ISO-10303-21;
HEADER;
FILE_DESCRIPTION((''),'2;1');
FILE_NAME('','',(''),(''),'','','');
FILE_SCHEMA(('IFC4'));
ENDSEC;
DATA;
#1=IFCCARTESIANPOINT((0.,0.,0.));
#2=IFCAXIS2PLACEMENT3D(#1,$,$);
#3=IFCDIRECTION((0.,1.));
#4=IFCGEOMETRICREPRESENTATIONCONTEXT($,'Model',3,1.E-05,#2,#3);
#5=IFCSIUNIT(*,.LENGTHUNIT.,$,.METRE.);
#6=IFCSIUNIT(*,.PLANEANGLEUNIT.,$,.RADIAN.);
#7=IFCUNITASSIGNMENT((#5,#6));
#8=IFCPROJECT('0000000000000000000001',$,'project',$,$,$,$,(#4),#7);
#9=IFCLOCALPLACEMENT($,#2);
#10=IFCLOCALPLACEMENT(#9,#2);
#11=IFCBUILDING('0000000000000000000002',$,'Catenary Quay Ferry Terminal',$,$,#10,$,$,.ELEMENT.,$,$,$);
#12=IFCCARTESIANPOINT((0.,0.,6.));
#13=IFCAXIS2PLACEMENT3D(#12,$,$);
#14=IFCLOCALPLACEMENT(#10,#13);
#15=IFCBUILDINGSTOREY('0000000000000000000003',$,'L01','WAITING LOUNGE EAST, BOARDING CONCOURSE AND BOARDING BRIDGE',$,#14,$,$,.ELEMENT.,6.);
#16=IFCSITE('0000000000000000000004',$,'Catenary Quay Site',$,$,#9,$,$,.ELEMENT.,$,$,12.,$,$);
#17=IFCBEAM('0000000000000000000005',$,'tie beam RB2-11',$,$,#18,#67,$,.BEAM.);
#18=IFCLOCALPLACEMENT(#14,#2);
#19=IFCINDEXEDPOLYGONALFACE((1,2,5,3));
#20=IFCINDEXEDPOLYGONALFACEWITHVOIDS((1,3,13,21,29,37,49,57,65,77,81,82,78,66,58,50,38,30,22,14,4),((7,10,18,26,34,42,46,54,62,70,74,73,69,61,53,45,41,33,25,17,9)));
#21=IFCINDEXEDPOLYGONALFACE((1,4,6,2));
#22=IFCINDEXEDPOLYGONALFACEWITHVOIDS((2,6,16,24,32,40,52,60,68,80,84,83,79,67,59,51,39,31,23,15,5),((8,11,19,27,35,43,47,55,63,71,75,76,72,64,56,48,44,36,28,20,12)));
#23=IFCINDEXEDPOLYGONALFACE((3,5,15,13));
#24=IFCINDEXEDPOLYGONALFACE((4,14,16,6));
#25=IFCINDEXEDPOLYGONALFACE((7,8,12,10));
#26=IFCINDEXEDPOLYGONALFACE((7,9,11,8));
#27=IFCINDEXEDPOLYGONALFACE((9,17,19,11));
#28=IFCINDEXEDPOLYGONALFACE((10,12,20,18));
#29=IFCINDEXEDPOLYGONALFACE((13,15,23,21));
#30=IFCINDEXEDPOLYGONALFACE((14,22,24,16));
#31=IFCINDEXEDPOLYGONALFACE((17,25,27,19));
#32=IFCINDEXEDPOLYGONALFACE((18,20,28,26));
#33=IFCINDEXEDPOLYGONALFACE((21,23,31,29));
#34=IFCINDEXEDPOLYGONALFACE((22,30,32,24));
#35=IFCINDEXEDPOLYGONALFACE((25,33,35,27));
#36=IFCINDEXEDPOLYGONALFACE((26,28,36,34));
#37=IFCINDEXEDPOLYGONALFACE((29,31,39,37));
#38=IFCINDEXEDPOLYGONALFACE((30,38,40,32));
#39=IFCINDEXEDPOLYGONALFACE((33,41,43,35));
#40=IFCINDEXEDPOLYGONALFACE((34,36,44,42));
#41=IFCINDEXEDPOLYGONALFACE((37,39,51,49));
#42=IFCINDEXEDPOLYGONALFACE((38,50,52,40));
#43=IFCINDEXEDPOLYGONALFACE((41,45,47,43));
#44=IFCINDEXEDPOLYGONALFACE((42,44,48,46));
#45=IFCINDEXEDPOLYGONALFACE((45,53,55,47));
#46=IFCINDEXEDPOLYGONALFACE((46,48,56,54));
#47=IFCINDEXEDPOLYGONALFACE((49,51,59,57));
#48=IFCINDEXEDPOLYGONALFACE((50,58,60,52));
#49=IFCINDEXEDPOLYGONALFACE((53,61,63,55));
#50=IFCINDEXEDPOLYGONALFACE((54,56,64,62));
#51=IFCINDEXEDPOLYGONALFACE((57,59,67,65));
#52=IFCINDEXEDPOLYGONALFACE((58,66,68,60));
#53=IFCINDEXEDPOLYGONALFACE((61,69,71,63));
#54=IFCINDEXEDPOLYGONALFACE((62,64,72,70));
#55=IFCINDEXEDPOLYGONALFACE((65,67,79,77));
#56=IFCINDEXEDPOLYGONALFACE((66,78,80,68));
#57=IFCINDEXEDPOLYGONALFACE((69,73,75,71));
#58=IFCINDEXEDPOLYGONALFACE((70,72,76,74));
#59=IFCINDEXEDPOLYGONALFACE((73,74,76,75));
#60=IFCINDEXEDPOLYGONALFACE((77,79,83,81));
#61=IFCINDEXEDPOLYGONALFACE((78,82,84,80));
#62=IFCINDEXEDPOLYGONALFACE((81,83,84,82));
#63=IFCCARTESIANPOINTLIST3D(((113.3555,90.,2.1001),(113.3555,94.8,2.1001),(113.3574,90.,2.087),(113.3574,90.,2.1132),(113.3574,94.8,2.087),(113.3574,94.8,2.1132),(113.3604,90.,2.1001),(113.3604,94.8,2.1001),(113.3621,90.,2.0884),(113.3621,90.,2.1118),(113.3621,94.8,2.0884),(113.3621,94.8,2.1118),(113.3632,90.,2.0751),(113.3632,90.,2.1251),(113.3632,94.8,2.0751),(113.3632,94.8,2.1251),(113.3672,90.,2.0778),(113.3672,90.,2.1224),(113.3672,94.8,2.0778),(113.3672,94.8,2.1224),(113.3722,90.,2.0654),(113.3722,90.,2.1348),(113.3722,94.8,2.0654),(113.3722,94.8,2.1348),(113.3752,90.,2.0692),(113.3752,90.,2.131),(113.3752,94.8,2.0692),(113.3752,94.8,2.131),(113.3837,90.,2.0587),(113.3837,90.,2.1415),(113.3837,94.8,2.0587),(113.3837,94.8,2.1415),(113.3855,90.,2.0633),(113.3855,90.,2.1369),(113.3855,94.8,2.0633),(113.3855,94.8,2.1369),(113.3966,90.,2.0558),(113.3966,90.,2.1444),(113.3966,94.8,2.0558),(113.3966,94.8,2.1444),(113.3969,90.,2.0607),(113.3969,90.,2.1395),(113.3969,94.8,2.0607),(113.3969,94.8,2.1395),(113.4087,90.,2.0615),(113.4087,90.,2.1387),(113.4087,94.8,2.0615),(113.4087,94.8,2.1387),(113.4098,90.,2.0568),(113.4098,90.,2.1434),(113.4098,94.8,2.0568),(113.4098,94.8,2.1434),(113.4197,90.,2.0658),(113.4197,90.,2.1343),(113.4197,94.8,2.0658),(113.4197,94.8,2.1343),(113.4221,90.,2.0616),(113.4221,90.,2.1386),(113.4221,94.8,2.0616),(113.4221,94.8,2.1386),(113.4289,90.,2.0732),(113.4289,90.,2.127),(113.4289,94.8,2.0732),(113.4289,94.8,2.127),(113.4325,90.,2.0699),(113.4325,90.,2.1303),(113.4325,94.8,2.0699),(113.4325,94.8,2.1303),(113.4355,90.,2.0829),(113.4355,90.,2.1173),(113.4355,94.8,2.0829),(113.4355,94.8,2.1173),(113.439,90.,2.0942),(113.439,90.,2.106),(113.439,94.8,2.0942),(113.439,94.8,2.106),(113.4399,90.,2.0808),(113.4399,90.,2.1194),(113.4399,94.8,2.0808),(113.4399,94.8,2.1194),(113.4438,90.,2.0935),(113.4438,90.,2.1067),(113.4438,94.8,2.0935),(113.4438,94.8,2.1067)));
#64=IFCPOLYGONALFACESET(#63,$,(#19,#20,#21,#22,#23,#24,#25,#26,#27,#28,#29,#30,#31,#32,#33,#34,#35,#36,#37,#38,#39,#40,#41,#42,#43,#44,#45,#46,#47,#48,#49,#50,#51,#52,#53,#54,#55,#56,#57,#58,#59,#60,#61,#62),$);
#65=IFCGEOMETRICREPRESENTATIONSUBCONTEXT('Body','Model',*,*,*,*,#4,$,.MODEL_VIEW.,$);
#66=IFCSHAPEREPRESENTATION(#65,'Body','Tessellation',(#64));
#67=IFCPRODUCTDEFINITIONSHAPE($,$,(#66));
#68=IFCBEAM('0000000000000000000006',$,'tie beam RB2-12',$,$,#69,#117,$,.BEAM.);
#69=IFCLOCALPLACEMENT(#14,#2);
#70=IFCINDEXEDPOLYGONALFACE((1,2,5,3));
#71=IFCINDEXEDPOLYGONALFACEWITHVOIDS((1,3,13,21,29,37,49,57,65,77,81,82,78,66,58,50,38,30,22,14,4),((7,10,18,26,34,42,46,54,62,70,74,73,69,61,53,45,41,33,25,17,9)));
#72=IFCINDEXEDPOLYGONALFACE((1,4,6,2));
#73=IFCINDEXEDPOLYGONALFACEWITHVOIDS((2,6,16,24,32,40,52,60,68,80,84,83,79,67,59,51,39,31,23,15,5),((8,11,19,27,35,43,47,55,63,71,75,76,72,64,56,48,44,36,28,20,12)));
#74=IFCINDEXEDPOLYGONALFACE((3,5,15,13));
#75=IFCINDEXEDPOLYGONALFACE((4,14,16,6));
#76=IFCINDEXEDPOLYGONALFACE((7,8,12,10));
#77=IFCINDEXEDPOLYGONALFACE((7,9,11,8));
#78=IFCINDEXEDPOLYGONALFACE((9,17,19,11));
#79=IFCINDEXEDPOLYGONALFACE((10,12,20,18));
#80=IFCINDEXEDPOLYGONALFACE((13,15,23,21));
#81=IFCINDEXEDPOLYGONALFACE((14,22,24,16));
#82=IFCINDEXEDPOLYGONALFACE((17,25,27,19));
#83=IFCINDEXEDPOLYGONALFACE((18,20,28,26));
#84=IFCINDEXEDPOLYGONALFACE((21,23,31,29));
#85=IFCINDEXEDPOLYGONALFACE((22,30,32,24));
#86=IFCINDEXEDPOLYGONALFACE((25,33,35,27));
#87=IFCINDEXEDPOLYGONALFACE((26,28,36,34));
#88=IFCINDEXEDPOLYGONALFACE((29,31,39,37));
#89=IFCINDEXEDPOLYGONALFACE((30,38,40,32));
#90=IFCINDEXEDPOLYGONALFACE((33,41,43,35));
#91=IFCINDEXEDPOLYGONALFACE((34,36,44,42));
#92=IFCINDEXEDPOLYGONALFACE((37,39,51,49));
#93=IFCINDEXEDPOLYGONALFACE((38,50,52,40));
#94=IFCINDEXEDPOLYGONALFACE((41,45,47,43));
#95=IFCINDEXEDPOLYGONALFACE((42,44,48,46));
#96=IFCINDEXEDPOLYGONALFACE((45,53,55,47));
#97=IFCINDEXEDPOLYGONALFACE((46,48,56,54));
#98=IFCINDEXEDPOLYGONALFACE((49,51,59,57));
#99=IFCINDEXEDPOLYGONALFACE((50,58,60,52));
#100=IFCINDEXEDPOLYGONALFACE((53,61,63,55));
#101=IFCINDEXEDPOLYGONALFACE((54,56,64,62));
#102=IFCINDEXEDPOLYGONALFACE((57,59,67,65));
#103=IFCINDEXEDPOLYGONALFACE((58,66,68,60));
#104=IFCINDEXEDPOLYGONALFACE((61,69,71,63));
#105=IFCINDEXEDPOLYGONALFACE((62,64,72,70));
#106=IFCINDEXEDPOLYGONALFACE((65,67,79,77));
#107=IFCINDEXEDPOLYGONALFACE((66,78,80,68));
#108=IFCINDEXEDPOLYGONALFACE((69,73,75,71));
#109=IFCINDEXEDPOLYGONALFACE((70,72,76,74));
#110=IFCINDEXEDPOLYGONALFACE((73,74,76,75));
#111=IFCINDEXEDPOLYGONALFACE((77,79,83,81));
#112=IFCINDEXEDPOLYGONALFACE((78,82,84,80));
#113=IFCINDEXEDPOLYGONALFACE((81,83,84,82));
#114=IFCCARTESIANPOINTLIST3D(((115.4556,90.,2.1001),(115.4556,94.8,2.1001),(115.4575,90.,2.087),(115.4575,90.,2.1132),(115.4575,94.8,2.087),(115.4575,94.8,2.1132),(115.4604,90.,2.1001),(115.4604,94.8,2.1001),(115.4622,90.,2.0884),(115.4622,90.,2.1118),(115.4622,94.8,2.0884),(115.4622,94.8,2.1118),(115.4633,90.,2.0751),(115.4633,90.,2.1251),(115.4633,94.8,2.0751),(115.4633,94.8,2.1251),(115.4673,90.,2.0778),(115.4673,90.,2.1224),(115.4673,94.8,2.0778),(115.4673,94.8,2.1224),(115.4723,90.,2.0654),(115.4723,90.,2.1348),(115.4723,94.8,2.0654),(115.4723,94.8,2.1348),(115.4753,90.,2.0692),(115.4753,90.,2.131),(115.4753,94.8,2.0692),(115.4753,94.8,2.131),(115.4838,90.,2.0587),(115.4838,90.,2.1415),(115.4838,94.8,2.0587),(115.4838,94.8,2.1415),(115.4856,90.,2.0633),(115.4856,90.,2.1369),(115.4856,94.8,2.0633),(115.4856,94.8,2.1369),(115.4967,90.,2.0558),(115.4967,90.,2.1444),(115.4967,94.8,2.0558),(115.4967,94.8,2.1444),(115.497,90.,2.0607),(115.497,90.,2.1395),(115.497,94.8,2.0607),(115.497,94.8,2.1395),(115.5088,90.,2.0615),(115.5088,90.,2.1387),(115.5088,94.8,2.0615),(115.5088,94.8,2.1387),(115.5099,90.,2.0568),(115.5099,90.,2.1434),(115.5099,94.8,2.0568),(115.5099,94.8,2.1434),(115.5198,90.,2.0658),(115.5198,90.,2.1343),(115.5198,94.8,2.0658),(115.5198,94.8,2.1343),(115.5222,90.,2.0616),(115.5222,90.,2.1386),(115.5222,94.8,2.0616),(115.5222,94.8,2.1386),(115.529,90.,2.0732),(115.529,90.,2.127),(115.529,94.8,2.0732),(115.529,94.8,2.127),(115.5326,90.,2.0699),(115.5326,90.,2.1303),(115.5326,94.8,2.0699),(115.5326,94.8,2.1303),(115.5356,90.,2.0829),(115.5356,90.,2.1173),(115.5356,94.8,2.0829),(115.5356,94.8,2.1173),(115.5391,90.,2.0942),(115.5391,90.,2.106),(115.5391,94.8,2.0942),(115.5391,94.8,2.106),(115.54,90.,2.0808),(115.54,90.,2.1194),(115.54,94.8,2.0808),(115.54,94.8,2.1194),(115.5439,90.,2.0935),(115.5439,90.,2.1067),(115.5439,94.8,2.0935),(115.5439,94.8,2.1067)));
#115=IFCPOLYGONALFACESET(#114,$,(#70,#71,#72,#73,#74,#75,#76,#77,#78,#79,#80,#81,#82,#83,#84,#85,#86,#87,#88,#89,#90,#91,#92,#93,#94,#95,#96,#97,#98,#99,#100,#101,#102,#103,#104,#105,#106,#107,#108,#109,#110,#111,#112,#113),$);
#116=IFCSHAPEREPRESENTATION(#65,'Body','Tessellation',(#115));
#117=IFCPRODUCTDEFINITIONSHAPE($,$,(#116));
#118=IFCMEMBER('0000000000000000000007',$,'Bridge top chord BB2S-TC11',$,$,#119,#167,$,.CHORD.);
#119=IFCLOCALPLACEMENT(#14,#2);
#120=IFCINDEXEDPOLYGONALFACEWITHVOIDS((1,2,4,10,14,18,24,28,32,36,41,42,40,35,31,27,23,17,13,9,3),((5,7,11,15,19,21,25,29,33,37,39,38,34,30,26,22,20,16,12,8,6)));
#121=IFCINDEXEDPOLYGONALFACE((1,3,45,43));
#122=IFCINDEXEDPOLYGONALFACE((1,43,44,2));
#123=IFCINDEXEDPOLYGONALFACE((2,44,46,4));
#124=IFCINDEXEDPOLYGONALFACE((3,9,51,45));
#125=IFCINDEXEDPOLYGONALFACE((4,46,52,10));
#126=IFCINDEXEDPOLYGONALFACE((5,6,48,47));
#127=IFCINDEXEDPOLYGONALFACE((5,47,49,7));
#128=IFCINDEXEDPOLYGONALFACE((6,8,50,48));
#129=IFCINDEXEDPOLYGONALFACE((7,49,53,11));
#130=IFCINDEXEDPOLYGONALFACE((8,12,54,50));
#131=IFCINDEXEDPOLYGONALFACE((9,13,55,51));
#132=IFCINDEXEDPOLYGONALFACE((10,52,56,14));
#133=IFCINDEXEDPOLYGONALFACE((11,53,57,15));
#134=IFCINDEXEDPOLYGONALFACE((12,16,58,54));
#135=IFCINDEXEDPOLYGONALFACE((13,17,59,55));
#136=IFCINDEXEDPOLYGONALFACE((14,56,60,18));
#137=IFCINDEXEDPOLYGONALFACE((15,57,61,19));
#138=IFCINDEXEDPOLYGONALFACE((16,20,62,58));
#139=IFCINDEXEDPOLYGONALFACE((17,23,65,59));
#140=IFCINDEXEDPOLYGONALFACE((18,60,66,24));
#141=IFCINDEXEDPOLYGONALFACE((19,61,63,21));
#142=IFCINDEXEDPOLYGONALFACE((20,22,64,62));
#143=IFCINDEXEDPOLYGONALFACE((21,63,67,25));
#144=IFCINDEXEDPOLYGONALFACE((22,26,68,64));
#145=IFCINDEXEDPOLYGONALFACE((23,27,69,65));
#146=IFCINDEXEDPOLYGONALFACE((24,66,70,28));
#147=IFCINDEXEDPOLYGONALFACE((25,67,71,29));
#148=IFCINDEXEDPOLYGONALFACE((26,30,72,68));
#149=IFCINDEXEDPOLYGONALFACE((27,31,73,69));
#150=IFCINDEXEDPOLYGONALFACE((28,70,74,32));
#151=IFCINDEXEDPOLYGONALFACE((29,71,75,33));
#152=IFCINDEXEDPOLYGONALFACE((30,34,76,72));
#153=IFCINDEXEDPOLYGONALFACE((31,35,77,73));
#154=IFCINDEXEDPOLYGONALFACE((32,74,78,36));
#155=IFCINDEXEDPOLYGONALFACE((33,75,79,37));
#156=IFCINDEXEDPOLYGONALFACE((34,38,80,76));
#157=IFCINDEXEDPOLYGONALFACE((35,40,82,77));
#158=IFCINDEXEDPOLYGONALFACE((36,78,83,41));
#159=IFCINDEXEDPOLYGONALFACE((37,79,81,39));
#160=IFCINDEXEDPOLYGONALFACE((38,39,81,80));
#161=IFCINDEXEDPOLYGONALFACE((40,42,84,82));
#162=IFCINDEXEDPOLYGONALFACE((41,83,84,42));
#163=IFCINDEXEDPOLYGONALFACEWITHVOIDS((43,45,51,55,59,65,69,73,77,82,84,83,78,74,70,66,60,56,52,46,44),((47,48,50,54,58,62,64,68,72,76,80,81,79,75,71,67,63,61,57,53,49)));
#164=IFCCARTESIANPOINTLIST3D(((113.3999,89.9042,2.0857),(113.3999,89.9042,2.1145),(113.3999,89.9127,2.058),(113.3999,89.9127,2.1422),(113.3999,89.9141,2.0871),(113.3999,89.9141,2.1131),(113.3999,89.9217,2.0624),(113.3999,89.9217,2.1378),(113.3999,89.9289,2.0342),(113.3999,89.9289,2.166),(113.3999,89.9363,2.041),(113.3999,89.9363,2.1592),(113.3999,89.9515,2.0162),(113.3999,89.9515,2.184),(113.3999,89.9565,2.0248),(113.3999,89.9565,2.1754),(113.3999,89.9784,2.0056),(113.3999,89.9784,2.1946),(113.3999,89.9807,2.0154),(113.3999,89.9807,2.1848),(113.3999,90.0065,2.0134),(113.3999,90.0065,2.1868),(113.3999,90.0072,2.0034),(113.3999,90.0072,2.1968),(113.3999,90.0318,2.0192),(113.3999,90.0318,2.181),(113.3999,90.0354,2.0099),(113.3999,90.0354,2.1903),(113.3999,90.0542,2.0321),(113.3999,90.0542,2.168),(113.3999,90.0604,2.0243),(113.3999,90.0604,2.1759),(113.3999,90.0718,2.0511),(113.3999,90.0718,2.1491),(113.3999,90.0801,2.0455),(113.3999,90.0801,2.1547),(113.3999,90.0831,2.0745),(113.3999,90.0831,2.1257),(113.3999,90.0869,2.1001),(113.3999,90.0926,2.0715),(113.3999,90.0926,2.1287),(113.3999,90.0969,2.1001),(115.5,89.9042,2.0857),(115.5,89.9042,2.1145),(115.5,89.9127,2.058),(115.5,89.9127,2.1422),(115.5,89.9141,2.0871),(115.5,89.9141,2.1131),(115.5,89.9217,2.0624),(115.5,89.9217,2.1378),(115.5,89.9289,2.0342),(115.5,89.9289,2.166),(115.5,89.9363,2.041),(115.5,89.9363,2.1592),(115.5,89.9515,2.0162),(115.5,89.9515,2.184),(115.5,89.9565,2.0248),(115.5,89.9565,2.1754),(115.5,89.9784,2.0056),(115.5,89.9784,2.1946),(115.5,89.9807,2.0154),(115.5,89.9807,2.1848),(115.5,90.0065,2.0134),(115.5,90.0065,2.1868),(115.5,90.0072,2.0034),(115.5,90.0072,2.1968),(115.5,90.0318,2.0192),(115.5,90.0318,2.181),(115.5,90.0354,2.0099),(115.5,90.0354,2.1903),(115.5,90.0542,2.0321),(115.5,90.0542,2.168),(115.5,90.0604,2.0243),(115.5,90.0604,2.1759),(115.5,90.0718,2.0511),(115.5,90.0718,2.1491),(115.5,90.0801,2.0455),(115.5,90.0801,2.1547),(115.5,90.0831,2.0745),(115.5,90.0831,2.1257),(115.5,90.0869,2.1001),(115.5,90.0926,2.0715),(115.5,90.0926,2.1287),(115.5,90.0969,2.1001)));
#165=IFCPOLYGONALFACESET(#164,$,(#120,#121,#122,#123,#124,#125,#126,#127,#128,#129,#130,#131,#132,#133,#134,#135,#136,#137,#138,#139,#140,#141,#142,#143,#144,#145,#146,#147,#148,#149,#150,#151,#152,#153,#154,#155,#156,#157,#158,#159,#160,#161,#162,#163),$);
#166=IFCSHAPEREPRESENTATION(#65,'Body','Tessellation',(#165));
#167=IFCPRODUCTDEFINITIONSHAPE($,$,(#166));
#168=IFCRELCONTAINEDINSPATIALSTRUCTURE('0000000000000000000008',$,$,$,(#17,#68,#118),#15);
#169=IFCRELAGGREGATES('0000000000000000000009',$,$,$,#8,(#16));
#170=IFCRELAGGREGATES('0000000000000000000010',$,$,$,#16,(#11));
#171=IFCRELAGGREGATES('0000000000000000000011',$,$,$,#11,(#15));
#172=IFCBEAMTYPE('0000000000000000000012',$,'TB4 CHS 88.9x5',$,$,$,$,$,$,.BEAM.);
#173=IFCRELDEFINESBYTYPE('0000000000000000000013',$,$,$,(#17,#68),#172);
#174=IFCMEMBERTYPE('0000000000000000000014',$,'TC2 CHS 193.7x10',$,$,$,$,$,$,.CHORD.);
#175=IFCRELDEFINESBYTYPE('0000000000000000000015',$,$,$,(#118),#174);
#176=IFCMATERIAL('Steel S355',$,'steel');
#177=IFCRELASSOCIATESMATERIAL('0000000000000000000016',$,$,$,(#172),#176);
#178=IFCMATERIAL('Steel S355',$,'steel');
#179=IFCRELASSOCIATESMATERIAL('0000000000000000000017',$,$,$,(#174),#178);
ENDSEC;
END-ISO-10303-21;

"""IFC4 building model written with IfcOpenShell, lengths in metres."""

from ifc_helpers import new_model, si_unit, direction, frame, origin, origin_2d, place, context, subcontext, project, spatial, hollow_circle, extrude, material, material_profile, profile_set, type_object, element, save


model = new_model("IFC4")

# Units and contexts
model_context = context("Model", 3, precision=1e-05, world=origin(), true_north=direction((0.0, 1.0)))
body_context = subcontext(model_context, "Body", "Model", "MODEL_VIEW")
ifc_project = project(units=[si_unit("LENGTHUNIT", "METRE"), si_unit("PLANEANGLEUNIT", "RADIAN")], contexts=[model_context])

# Site, building, storey
site_placement = place(None, origin())
site = spatial("IfcSite", under=ifc_project, at=site_placement, Name="Catenary Quay Site", CompositionType="ELEMENT", RefElevation=12.0)
building_placement = place(site_placement, origin())
building = spatial("IfcBuilding", under=site, at=building_placement, Name="Catenary Quay Ferry Terminal", CompositionType="ELEMENT")
storey_placement = place(building_placement, frame((0.0, 0.0, 6.0)))
storey = spatial("IfcBuildingStorey", under=building, at=storey_placement, Name="L01", Description="WAITING LOUNGE EAST, BOARDING CONCOURSE AND BOARDING BRIDGE", CompositionType="ELEMENT", Elevation=6.0)

# Beams
ifc_material_1 = material(Name="Steel S355", Category="steel")
ifc_material_profile_1 = material_profile(ifc_material_1, hollow_circle(Radius=0.0444, WallThickness=0.0049, at=origin_2d()), Name="CHS 88.9x5")
ifc_profile_set_1 = profile_set([ifc_material_profile_1], Name="Steel S355")
beam_type_1 = type_object("IfcBeamType", Name="TB4 CHS 88.9x5", PredefinedType="BEAM", material=ifc_profile_set_1)
for number, where, z_axis, x_axis, name in (
    (1, (113.3999, 90.0, 2.1001), (0.0, 1.0, 0.0), (-1.0, 0.0, 0.0), "tie beam RB2-11"),
    (2, (115.5, 90.0, 2.1001), (0.0, 1.0, 0.0), (-1.0, 0.0, 0.0), "tie beam RB2-12"),
):
    element("IfcBeam", number, at=place(storey_placement, frame(where, z_axis=z_axis, x_axis=x_axis)), inside=storey, type_object=beam_type_1, Name=name, PredefinedType="BEAM", context=body_context, shape_type="SweptSolid", body=[
        extrude(hollow_circle(Radius=0.0444, WallThickness=0.0049, at=origin_2d()), origin(), (0.0, 0.0, 1.0), 4.8),
    ])

# Member
ifc_material_2 = material(Name="Steel S355", Category="steel")
ifc_material_profile_2 = material_profile(ifc_material_2, hollow_circle(Radius=0.0969, WallThickness=0.01, at=origin_2d()), Name="CHS 193.7x10")
ifc_profile_set_2 = profile_set([ifc_material_profile_2], Name="Steel S355")
member_type_1 = type_object("IfcMemberType", Name="TC2 CHS 193.7x10", PredefinedType="CHORD", material=ifc_profile_set_2)
for number, where, z_axis, x_axis, name in (
    (3, (113.3999, 90.0, 2.1001), (1.0, 0.0, 0.0), (0.0, 1.0, 0.0), "Bridge top chord BB2S-TC11"),
):
    element("IfcMember", number, at=place(storey_placement, frame(where, z_axis=z_axis, x_axis=x_axis)), inside=storey, type_object=member_type_1, Name=name, PredefinedType="CHORD", context=body_context, shape_type="SweptSolid", body=[
        extrude(hollow_circle(Radius=0.0969, WallThickness=0.01, at=origin_2d()), origin(), (0.0, 0.0, 1.0), 2.1001),
    ])

save(model, "model.ifc")
